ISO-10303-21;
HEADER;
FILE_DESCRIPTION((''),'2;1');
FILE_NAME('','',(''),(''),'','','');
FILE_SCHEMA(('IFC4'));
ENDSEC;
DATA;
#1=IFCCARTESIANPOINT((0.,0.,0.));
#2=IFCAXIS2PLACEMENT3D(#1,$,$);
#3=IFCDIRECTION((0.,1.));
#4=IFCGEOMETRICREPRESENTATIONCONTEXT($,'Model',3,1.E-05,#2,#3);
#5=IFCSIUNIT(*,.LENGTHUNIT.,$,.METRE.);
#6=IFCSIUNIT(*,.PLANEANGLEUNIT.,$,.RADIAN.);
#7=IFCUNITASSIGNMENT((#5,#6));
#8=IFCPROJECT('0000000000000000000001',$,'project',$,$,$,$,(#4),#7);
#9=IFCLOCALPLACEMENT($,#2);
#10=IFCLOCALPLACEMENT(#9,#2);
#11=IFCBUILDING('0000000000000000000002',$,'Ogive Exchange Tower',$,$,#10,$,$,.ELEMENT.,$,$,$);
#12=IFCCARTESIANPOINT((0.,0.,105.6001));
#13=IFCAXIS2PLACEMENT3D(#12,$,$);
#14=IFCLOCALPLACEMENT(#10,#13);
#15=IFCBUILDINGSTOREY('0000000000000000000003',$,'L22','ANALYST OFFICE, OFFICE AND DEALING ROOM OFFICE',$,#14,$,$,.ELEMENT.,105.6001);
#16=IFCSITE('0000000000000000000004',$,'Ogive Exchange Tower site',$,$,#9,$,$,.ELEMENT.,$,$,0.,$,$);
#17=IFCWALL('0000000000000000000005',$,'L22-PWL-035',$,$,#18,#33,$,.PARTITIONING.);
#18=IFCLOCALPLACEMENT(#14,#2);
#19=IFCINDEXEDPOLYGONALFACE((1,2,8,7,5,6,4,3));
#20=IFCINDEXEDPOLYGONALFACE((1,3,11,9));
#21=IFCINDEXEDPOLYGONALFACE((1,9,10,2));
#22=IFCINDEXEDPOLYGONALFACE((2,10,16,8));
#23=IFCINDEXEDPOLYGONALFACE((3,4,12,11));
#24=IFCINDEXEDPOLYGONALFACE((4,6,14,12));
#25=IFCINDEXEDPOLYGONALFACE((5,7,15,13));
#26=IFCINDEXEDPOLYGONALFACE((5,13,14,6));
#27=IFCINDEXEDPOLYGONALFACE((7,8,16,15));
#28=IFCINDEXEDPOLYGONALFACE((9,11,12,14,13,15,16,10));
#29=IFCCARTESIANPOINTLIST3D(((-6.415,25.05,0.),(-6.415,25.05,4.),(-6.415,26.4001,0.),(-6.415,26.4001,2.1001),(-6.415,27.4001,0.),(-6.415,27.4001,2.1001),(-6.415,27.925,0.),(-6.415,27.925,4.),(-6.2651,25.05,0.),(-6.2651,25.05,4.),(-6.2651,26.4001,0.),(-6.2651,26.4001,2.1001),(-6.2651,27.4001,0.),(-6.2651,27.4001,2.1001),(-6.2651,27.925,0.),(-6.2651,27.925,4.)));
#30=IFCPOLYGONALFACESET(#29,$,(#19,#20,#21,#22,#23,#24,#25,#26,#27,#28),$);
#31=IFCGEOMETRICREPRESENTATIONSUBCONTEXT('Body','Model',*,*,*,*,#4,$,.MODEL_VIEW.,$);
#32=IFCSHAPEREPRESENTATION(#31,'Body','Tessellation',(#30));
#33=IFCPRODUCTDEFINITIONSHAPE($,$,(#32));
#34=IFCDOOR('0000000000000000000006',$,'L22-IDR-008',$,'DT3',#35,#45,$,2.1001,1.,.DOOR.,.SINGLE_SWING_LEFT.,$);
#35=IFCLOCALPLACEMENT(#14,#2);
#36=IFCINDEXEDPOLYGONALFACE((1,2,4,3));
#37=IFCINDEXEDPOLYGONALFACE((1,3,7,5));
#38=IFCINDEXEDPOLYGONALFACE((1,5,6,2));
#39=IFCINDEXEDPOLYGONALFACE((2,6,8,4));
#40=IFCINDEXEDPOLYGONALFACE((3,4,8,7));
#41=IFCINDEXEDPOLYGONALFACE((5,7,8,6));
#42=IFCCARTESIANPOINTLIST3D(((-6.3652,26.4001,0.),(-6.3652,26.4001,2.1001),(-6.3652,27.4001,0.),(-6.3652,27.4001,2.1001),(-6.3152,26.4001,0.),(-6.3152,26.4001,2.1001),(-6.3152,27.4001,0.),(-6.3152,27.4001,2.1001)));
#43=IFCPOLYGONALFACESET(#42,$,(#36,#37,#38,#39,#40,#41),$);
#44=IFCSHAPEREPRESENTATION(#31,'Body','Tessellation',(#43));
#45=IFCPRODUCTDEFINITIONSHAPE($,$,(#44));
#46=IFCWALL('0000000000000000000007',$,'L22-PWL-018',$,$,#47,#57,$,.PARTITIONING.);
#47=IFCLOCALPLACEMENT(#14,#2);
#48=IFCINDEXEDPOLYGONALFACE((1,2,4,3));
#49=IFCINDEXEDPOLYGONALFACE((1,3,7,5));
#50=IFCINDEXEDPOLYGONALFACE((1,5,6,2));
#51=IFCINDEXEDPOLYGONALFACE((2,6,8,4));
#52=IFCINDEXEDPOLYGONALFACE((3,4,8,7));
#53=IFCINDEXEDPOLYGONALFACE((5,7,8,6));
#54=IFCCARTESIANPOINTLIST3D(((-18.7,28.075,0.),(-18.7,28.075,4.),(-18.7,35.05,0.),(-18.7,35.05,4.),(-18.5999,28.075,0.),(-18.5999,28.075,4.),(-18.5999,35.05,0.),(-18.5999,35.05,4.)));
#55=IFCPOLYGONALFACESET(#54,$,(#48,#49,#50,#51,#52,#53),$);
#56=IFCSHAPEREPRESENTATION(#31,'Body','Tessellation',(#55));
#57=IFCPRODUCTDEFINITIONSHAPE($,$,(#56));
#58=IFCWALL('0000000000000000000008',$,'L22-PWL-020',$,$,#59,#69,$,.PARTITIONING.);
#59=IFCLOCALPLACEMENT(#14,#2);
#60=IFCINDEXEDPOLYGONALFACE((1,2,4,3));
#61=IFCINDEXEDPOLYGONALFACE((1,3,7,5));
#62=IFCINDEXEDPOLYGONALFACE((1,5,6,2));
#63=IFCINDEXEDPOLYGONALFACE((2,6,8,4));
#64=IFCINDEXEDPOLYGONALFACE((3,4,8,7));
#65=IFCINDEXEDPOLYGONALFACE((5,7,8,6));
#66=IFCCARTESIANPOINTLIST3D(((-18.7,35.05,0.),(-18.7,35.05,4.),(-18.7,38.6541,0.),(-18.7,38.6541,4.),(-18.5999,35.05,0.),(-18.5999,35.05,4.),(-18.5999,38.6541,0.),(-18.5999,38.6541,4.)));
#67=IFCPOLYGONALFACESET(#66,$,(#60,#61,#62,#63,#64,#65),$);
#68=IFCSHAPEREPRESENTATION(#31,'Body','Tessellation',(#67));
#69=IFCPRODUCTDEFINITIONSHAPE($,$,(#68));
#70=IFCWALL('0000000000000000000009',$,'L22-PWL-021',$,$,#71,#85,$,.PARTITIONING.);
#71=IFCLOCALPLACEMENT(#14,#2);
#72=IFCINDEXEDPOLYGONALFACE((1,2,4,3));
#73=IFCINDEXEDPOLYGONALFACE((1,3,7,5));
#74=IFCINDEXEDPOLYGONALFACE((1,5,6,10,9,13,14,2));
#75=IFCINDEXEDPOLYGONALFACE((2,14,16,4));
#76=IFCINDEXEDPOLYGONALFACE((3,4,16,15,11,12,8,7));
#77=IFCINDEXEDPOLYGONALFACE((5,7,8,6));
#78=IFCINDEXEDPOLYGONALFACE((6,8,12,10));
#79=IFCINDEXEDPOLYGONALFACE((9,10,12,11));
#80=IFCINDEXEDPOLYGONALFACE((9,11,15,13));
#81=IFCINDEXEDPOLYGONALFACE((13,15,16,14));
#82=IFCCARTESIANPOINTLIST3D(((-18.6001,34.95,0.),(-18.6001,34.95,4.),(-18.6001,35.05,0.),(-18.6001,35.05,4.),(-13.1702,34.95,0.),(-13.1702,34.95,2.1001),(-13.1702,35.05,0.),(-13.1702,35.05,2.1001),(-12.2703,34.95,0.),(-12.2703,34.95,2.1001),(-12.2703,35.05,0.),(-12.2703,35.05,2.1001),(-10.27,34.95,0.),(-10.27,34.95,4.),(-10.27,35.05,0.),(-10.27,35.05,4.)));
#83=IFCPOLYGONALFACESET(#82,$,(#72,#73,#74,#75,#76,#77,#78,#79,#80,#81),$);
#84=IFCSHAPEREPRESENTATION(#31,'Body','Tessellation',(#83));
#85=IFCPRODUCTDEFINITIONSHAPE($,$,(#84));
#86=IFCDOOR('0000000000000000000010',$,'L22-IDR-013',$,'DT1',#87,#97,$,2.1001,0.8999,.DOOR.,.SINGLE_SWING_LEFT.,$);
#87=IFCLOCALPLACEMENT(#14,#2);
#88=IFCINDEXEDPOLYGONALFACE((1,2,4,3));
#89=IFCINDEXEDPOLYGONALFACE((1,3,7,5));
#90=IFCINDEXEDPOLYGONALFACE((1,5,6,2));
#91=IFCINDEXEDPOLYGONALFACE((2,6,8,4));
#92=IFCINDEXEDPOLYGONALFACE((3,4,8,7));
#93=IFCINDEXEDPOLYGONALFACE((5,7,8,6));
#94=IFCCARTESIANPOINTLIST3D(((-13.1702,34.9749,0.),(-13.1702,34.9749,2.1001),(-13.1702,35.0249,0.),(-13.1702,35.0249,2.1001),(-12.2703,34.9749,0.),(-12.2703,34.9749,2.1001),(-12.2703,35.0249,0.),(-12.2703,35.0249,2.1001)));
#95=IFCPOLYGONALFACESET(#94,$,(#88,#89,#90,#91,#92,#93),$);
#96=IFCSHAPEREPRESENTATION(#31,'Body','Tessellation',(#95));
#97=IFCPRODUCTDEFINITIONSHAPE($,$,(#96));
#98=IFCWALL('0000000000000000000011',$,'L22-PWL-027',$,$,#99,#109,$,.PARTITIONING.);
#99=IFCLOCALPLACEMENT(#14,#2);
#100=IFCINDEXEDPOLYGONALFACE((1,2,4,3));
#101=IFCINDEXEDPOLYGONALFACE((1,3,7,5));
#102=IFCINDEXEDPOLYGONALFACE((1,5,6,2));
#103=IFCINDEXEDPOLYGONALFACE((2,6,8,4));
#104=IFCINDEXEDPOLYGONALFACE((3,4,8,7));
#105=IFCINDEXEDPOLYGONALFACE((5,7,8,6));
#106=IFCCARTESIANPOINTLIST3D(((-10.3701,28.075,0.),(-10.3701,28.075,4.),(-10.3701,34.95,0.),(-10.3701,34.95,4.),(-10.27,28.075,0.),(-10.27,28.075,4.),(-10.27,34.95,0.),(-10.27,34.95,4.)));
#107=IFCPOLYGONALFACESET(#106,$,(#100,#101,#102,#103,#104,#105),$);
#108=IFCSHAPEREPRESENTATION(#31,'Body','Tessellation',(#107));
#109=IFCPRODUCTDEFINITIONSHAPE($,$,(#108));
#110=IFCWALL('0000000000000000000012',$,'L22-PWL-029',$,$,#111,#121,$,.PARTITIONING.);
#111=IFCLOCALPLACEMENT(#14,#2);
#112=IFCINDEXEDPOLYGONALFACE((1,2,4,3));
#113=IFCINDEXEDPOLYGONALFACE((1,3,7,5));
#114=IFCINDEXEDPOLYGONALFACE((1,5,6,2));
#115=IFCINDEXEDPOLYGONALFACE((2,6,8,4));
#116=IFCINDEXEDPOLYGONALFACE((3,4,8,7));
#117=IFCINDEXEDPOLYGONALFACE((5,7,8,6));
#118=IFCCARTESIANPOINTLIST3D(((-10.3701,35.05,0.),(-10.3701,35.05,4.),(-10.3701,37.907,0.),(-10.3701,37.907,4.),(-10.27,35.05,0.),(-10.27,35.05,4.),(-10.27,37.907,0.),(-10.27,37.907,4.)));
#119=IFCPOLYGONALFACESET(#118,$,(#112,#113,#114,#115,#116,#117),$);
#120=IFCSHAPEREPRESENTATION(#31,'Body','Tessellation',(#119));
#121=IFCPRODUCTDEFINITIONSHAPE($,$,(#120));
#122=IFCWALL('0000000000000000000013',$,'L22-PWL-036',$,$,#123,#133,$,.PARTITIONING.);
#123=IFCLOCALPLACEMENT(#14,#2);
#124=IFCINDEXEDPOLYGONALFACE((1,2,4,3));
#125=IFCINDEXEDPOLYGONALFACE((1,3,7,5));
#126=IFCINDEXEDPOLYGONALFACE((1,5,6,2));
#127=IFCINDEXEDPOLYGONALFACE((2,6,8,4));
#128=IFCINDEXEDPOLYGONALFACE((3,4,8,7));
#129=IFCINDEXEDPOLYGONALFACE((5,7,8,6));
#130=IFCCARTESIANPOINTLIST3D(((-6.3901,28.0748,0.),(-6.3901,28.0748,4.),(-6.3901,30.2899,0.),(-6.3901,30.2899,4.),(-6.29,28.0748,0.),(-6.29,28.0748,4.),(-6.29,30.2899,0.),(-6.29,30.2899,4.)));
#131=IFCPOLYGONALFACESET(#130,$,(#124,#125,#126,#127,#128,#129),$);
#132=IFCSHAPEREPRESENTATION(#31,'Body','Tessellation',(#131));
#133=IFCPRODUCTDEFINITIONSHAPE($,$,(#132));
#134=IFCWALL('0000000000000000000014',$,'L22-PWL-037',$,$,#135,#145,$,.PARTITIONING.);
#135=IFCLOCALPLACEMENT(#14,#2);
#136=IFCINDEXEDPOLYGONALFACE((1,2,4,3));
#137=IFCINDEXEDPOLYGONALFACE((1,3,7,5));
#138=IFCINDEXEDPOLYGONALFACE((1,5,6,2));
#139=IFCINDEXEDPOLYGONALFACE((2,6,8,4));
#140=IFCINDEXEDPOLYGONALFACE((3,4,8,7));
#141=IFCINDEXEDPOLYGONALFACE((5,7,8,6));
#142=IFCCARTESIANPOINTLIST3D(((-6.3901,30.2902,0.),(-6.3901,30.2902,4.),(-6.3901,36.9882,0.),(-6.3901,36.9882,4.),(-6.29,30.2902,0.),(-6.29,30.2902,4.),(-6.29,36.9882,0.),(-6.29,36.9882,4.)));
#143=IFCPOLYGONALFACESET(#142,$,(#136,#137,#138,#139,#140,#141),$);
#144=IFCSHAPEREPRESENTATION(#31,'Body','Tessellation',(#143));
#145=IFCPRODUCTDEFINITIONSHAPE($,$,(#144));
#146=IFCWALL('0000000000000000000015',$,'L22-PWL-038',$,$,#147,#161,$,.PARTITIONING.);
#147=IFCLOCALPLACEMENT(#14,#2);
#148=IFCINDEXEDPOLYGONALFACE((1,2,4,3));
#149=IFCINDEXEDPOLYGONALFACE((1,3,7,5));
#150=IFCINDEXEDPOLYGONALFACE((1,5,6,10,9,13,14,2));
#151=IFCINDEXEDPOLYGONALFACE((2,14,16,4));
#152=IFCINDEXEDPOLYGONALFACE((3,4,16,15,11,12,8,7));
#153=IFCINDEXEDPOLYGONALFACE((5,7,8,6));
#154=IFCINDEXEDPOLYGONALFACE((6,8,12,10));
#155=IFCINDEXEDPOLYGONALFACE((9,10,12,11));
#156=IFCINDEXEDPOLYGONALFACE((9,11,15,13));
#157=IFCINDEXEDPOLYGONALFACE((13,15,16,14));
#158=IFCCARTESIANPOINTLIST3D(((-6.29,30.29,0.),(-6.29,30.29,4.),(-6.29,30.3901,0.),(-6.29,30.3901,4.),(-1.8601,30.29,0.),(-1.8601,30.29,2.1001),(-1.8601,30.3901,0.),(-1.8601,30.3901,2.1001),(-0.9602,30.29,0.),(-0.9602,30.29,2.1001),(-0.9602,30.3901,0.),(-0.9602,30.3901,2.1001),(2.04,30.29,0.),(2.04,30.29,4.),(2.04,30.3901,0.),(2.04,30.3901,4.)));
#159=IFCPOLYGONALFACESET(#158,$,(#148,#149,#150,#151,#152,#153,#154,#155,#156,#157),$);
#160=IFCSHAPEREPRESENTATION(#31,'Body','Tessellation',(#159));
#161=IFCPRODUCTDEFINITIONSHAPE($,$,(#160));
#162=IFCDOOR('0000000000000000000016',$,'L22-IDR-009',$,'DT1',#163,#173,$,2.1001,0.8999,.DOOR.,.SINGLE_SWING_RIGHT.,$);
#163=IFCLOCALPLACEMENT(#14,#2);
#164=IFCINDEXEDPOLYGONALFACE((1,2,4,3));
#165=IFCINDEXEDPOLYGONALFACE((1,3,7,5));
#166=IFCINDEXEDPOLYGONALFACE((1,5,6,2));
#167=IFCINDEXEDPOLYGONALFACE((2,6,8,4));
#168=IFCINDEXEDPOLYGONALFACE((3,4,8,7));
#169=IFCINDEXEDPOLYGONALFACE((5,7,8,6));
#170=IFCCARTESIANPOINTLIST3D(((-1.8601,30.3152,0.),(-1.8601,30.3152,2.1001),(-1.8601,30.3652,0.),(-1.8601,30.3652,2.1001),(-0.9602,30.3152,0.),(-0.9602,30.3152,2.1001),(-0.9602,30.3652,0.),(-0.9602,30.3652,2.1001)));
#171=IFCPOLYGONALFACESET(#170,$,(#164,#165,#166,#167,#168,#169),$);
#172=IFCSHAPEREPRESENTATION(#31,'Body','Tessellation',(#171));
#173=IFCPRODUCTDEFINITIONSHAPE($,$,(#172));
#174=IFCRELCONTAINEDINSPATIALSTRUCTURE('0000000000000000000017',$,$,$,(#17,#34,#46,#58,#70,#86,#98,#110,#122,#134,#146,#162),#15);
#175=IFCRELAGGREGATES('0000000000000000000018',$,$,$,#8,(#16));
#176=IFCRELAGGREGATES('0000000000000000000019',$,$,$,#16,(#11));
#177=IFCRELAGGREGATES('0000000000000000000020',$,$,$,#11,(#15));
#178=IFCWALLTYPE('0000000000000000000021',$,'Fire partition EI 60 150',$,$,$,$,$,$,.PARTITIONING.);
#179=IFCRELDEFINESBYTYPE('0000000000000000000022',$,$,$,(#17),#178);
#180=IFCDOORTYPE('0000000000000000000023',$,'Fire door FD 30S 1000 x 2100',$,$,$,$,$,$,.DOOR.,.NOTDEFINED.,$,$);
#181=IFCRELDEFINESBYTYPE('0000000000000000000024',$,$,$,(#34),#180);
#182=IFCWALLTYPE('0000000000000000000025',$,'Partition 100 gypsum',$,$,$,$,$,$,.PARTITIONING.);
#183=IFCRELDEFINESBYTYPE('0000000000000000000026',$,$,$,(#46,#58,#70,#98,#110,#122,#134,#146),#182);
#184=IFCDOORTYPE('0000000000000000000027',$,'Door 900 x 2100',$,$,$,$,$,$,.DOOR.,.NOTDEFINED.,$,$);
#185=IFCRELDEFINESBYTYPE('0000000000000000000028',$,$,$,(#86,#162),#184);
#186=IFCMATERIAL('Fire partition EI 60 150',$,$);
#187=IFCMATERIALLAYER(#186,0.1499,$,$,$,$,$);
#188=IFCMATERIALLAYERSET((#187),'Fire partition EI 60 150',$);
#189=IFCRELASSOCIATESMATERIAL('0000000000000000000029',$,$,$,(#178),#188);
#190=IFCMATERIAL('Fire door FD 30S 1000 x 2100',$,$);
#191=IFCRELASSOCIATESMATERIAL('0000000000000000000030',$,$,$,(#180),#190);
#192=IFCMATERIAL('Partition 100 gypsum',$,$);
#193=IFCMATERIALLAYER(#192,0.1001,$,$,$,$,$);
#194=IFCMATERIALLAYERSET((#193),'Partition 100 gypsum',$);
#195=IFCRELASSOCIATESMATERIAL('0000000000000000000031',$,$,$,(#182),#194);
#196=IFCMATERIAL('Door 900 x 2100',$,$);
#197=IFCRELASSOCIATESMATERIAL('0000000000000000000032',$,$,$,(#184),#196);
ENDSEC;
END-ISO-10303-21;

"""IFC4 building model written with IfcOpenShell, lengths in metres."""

from ifc_helpers import new_model, si_unit, direction, frame, frame_2d, origin, place, context, subcontext, project, spatial, rectangle, extrude, material, layer, layer_set, type_object, element, fill, save


model = new_model("IFC4")

# Units and contexts
model_context = context("Model", 3, precision=1e-05, world=origin(), true_north=direction((0.0, 1.0)))
body_context = subcontext(model_context, "Body", "Model", "MODEL_VIEW")
ifc_project = project(units=[si_unit("LENGTHUNIT", "METRE"), si_unit("PLANEANGLEUNIT", "RADIAN")], contexts=[model_context])

# Site, building, storey
site_placement = place(None, origin())
site = spatial("IfcSite", under=ifc_project, at=site_placement, Name="Ogive Exchange Tower site", CompositionType="ELEMENT", RefElevation=0.0)
building_placement = place(site_placement, origin())
building = spatial("IfcBuilding", under=site, at=building_placement, Name="Ogive Exchange Tower", CompositionType="ELEMENT")
storey_placement = place(building_placement, frame((0.0, 0.0, 105.6001)))
storey = spatial("IfcBuildingStorey", under=building, at=storey_placement, Name="L22", Description="ANALYST OFFICE, OFFICE AND DEALING ROOM OFFICE", CompositionType="ELEMENT", Elevation=105.6001)

# Shared definitions
ifc_material_1 = material(Name="Fire partition EI 60 150")
ifc_layer_1 = layer(ifc_material_1, 0.1499)
ifc_layer_set_1 = layer_set([ifc_layer_1], Name="Fire partition EI 60 150")
wall_type_1 = type_object("IfcWallType", Name="Fire partition EI 60 150", PredefinedType="PARTITIONING", material=ifc_layer_set_1)

# Wall, opening, door
ifc_material_2 = material(Name="Fire door FD 30S 1000 x 2100")
door_type_1 = type_object("IfcDoorType", Name="Fire door FD 30S 1000 x 2100", OperationType="NOTDEFINED", PredefinedType="DOOR", material=ifc_material_2)
wall_1_placement = place(storey_placement, frame((-6.3401, 27.925, 0.0), z_axis=(0.0, 0.0, 1.0), x_axis=(0.0, -1.0, 0.0)))
wall_1 = element("IfcWall", 1, at=wall_1_placement, inside=storey, type_object=wall_type_1, Name="L22-PWL-035", PredefinedType="PARTITIONING", context=body_context, shape_type="SweptSolid", body=[
    extrude(rectangle(XDim=2.875, YDim=0.1499, at=frame_2d((1.4375, 0.0))), origin(), (0.0, 0.0, 1.0), 4.0),
])
opening_1_placement = place(wall_1_placement, frame((0.5249, 0.0, 0.0)))
opening_1 = element("IfcOpeningElement", 2, at=opening_1_placement, cuts=wall_1, PredefinedType="OPENING", context=body_context, shape_type="SweptSolid", body=[
    extrude(rectangle(XDim=1.0, YDim=2.1001, at=frame_2d((0.5, 1.05))), frame((0.0, 0.085, 0.0), z_axis=(0.0, -1.0, 0.0), x_axis=(1.0, 0.0, 0.0)), (0.0, 0.0, 1.0), 0.1699),
])
door_1_placement = place(opening_1_placement, origin())
door_1 = element("IfcDoor", 3, at=door_1_placement, inside=storey, type_object=door_type_1, Name="L22-IDR-008", ObjectType="DT3", OperationType="SINGLE_SWING_LEFT", OverallHeight=2.1001, OverallWidth=1.0, PredefinedType="DOOR", context=body_context, shape_type="SweptSolid", body=[
    extrude(rectangle(XDim=1.0, YDim=2.1001, at=frame_2d((0.5, 1.05))), frame((0.0, 0.0249, 0.0), z_axis=(0.0, -1.0, 0.0), x_axis=(1.0, 0.0, 0.0)), (0.0, 0.0, 1.0), 0.05),
])
fill(opening_1, door_1)

# Walls
ifc_material_3 = material(Name="Partition 100 gypsum")
ifc_layer_2 = layer(ifc_material_3, 0.1001)
ifc_layer_set_2 = layer_set([ifc_layer_2], Name="Partition 100 gypsum")
wall_type_2 = type_object("IfcWallType", Name="Partition 100 gypsum", PredefinedType="PARTITIONING", material=ifc_layer_set_2)
wall_2_placement = place(storey_placement, frame((-18.6499, 28.075, 0.0), z_axis=(0.0, 0.0, 1.0), x_axis=(0.0, 1.0, 0.0)))
element("IfcWall", 4, at=wall_2_placement, inside=storey, type_object=wall_type_2, Name="L22-PWL-018", PredefinedType="PARTITIONING", context=body_context, shape_type="SweptSolid", body=[
    extrude(rectangle(XDim=6.9751, YDim=0.1001, at=frame_2d((3.4875, 0.0))), origin(), (0.0, 0.0, 1.0), 4.0),
])
wall_3_placement = place(storey_placement, frame((-18.6499, 35.05, 0.0), z_axis=(0.0, 0.0, 1.0), x_axis=(0.0, 1.0, 0.0)))
element("IfcWall", 5, at=wall_3_placement, inside=storey, type_object=wall_type_2, Name="L22-PWL-020", PredefinedType="PARTITIONING", context=body_context, shape_type="SweptSolid", body=[
    extrude(rectangle(XDim=3.604, YDim=0.1001, at=frame_2d((1.802, 0.0))), origin(), (0.0, 0.0, 1.0), 4.0),
])

# Wall, opening, door
wall_4_placement = place(storey_placement, frame((-18.6001, 35.0, 0.0), z_axis=(0.0, 0.0, 1.0), x_axis=(1.0, 0.0, 0.0)))
wall_4 = element("IfcWall", 6, at=wall_4_placement, inside=storey, type_object=wall_type_2, Name="L22-PWL-021", PredefinedType="PARTITIONING", context=body_context, shape_type="SweptSolid", body=[
    extrude(rectangle(XDim=8.3301, YDim=0.1001, at=frame_2d((4.165, 0.0))), origin(), (0.0, 0.0, 1.0), 4.0),
])
opening_2_placement = place(wall_4_placement, frame((5.4299, 0.0, 0.0)))
opening_2 = element("IfcOpeningElement", 7, at=opening_2_placement, cuts=wall_4, PredefinedType="OPENING", context=body_context, shape_type="SweptSolid", body=[
    extrude(rectangle(XDim=0.8999, YDim=2.1001, at=frame_2d((0.45, 1.05))), frame((0.0, 0.0601, 0.0), z_axis=(0.0, -1.0, 0.0), x_axis=(1.0, 0.0, 0.0)), (0.0, 0.0, 1.0), 0.1201),
])
ifc_material_4 = material(Name="Door 900 x 2100")
door_type_2 = type_object("IfcDoorType", Name="Door 900 x 2100", OperationType="NOTDEFINED", PredefinedType="DOOR", material=ifc_material_4)
door_2_placement = place(opening_2_placement, origin())
door_2 = element("IfcDoor", 8, at=door_2_placement, inside=storey, type_object=door_type_2, Name="L22-IDR-013", ObjectType="DT1", OperationType="SINGLE_SWING_LEFT", OverallHeight=2.1001, OverallWidth=0.8999, PredefinedType="DOOR", context=body_context, shape_type="SweptSolid", body=[
    extrude(rectangle(XDim=0.8999, YDim=2.1001, at=frame_2d((0.45, 1.05))), frame((0.0, 0.0249, 0.0), z_axis=(0.0, -1.0, 0.0), x_axis=(1.0, 0.0, 0.0)), (0.0, 0.0, 1.0), 0.05),
])
fill(opening_2, door_2)

# Walls
wall_5_placement = place(storey_placement, frame((-10.3201, 28.075, 0.0), z_axis=(0.0, 0.0, 1.0), x_axis=(0.0, 1.0, 0.0)))
element("IfcWall", 9, at=wall_5_placement, inside=storey, type_object=wall_type_2, Name="L22-PWL-027", PredefinedType="PARTITIONING", context=body_context, shape_type="SweptSolid", body=[
    extrude(rectangle(XDim=6.875, YDim=0.1001, at=frame_2d((3.4375, 0.0))), origin(), (0.0, 0.0, 1.0), 4.0),
])
wall_6_placement = place(storey_placement, frame((-10.3201, 35.05, 0.0), z_axis=(0.0, 0.0, 1.0), x_axis=(0.0, 1.0, 0.0)))
element("IfcWall", 10, at=wall_6_placement, inside=storey, type_object=wall_type_2, Name="L22-PWL-029", PredefinedType="PARTITIONING", context=body_context, shape_type="SweptSolid", body=[
    extrude(rectangle(XDim=2.8569, YDim=0.1001, at=frame_2d((1.4285, 0.0))), origin(), (0.0, 0.0, 1.0), 4.0),
])
wall_7_placement = place(storey_placement, frame((-6.3401, 28.075, 0.0), z_axis=(0.0, 0.0, 1.0), x_axis=(0.0, 1.0, 0.0)))
element("IfcWall", 11, at=wall_7_placement, inside=storey, type_object=wall_type_2, Name="L22-PWL-036", PredefinedType="PARTITIONING", context=body_context, shape_type="SweptSolid", body=[
    extrude(rectangle(XDim=2.2151, YDim=0.1001, at=frame_2d((1.1074, 0.0))), origin(), (0.0, 0.0, 1.0), 4.0),
])
wall_8_placement = place(storey_placement, frame((-6.3401, 30.29, 0.0), z_axis=(0.0, 0.0, 1.0), x_axis=(0.0, 1.0, 0.0)))
element("IfcWall", 12, at=wall_8_placement, inside=storey, type_object=wall_type_2, Name="L22-PWL-037", PredefinedType="PARTITIONING", context=body_context, shape_type="SweptSolid", body=[
    extrude(rectangle(XDim=6.698, YDim=0.1001, at=frame_2d((3.3491, 0.0))), origin(), (0.0, 0.0, 1.0), 4.0),
])

# Wall, opening, door
wall_9_placement = place(storey_placement, frame((-6.29, 30.3401, 0.0), z_axis=(0.0, 0.0, 1.0), x_axis=(1.0, 0.0, 0.0)))
wall_9 = element("IfcWall", 13, at=wall_9_placement, inside=storey, type_object=wall_type_2, Name="L22-PWL-038", PredefinedType="PARTITIONING", context=body_context, shape_type="SweptSolid", body=[
    extrude(rectangle(XDim=8.3301, YDim=0.1001, at=frame_2d((4.165, 0.0))), origin(), (0.0, 0.0, 1.0), 4.0),
])
opening_3_placement = place(wall_9_placement, frame((4.4299, 0.0, 0.0)))
opening_3 = element("IfcOpeningElement", 14, at=opening_3_placement, cuts=wall_9, PredefinedType="OPENING", context=body_context, shape_type="SweptSolid", body=[
    extrude(rectangle(XDim=0.8999, YDim=2.1001, at=frame_2d((0.45, 1.05))), frame((0.0, 0.0601, 0.0), z_axis=(0.0, -1.0, 0.0), x_axis=(1.0, 0.0, 0.0)), (0.0, 0.0, 1.0), 0.1201),
])
door_3_placement = place(opening_3_placement, frame((0.8999, 0.0, 0.0), z_axis=(0.0, 0.0, 1.0), x_axis=(-1.0, 0.0, 0.0)))
door_3 = element("IfcDoor", 15, at=door_3_placement, inside=storey, type_object=door_type_2, Name="L22-IDR-009", ObjectType="DT1", OperationType="SINGLE_SWING_RIGHT", OverallHeight=2.1001, OverallWidth=0.8999, PredefinedType="DOOR", context=body_context, shape_type="SweptSolid", body=[
    extrude(rectangle(XDim=0.8999, YDim=2.1001, at=frame_2d((0.45, 1.05))), frame((0.0, 0.0249, 0.0), z_axis=(0.0, -1.0, 0.0), x_axis=(1.0, 0.0, 0.0)), (0.0, 0.0, 1.0), 0.05),
])
fill(opening_3, door_3)

save(model, "model.ifc")
